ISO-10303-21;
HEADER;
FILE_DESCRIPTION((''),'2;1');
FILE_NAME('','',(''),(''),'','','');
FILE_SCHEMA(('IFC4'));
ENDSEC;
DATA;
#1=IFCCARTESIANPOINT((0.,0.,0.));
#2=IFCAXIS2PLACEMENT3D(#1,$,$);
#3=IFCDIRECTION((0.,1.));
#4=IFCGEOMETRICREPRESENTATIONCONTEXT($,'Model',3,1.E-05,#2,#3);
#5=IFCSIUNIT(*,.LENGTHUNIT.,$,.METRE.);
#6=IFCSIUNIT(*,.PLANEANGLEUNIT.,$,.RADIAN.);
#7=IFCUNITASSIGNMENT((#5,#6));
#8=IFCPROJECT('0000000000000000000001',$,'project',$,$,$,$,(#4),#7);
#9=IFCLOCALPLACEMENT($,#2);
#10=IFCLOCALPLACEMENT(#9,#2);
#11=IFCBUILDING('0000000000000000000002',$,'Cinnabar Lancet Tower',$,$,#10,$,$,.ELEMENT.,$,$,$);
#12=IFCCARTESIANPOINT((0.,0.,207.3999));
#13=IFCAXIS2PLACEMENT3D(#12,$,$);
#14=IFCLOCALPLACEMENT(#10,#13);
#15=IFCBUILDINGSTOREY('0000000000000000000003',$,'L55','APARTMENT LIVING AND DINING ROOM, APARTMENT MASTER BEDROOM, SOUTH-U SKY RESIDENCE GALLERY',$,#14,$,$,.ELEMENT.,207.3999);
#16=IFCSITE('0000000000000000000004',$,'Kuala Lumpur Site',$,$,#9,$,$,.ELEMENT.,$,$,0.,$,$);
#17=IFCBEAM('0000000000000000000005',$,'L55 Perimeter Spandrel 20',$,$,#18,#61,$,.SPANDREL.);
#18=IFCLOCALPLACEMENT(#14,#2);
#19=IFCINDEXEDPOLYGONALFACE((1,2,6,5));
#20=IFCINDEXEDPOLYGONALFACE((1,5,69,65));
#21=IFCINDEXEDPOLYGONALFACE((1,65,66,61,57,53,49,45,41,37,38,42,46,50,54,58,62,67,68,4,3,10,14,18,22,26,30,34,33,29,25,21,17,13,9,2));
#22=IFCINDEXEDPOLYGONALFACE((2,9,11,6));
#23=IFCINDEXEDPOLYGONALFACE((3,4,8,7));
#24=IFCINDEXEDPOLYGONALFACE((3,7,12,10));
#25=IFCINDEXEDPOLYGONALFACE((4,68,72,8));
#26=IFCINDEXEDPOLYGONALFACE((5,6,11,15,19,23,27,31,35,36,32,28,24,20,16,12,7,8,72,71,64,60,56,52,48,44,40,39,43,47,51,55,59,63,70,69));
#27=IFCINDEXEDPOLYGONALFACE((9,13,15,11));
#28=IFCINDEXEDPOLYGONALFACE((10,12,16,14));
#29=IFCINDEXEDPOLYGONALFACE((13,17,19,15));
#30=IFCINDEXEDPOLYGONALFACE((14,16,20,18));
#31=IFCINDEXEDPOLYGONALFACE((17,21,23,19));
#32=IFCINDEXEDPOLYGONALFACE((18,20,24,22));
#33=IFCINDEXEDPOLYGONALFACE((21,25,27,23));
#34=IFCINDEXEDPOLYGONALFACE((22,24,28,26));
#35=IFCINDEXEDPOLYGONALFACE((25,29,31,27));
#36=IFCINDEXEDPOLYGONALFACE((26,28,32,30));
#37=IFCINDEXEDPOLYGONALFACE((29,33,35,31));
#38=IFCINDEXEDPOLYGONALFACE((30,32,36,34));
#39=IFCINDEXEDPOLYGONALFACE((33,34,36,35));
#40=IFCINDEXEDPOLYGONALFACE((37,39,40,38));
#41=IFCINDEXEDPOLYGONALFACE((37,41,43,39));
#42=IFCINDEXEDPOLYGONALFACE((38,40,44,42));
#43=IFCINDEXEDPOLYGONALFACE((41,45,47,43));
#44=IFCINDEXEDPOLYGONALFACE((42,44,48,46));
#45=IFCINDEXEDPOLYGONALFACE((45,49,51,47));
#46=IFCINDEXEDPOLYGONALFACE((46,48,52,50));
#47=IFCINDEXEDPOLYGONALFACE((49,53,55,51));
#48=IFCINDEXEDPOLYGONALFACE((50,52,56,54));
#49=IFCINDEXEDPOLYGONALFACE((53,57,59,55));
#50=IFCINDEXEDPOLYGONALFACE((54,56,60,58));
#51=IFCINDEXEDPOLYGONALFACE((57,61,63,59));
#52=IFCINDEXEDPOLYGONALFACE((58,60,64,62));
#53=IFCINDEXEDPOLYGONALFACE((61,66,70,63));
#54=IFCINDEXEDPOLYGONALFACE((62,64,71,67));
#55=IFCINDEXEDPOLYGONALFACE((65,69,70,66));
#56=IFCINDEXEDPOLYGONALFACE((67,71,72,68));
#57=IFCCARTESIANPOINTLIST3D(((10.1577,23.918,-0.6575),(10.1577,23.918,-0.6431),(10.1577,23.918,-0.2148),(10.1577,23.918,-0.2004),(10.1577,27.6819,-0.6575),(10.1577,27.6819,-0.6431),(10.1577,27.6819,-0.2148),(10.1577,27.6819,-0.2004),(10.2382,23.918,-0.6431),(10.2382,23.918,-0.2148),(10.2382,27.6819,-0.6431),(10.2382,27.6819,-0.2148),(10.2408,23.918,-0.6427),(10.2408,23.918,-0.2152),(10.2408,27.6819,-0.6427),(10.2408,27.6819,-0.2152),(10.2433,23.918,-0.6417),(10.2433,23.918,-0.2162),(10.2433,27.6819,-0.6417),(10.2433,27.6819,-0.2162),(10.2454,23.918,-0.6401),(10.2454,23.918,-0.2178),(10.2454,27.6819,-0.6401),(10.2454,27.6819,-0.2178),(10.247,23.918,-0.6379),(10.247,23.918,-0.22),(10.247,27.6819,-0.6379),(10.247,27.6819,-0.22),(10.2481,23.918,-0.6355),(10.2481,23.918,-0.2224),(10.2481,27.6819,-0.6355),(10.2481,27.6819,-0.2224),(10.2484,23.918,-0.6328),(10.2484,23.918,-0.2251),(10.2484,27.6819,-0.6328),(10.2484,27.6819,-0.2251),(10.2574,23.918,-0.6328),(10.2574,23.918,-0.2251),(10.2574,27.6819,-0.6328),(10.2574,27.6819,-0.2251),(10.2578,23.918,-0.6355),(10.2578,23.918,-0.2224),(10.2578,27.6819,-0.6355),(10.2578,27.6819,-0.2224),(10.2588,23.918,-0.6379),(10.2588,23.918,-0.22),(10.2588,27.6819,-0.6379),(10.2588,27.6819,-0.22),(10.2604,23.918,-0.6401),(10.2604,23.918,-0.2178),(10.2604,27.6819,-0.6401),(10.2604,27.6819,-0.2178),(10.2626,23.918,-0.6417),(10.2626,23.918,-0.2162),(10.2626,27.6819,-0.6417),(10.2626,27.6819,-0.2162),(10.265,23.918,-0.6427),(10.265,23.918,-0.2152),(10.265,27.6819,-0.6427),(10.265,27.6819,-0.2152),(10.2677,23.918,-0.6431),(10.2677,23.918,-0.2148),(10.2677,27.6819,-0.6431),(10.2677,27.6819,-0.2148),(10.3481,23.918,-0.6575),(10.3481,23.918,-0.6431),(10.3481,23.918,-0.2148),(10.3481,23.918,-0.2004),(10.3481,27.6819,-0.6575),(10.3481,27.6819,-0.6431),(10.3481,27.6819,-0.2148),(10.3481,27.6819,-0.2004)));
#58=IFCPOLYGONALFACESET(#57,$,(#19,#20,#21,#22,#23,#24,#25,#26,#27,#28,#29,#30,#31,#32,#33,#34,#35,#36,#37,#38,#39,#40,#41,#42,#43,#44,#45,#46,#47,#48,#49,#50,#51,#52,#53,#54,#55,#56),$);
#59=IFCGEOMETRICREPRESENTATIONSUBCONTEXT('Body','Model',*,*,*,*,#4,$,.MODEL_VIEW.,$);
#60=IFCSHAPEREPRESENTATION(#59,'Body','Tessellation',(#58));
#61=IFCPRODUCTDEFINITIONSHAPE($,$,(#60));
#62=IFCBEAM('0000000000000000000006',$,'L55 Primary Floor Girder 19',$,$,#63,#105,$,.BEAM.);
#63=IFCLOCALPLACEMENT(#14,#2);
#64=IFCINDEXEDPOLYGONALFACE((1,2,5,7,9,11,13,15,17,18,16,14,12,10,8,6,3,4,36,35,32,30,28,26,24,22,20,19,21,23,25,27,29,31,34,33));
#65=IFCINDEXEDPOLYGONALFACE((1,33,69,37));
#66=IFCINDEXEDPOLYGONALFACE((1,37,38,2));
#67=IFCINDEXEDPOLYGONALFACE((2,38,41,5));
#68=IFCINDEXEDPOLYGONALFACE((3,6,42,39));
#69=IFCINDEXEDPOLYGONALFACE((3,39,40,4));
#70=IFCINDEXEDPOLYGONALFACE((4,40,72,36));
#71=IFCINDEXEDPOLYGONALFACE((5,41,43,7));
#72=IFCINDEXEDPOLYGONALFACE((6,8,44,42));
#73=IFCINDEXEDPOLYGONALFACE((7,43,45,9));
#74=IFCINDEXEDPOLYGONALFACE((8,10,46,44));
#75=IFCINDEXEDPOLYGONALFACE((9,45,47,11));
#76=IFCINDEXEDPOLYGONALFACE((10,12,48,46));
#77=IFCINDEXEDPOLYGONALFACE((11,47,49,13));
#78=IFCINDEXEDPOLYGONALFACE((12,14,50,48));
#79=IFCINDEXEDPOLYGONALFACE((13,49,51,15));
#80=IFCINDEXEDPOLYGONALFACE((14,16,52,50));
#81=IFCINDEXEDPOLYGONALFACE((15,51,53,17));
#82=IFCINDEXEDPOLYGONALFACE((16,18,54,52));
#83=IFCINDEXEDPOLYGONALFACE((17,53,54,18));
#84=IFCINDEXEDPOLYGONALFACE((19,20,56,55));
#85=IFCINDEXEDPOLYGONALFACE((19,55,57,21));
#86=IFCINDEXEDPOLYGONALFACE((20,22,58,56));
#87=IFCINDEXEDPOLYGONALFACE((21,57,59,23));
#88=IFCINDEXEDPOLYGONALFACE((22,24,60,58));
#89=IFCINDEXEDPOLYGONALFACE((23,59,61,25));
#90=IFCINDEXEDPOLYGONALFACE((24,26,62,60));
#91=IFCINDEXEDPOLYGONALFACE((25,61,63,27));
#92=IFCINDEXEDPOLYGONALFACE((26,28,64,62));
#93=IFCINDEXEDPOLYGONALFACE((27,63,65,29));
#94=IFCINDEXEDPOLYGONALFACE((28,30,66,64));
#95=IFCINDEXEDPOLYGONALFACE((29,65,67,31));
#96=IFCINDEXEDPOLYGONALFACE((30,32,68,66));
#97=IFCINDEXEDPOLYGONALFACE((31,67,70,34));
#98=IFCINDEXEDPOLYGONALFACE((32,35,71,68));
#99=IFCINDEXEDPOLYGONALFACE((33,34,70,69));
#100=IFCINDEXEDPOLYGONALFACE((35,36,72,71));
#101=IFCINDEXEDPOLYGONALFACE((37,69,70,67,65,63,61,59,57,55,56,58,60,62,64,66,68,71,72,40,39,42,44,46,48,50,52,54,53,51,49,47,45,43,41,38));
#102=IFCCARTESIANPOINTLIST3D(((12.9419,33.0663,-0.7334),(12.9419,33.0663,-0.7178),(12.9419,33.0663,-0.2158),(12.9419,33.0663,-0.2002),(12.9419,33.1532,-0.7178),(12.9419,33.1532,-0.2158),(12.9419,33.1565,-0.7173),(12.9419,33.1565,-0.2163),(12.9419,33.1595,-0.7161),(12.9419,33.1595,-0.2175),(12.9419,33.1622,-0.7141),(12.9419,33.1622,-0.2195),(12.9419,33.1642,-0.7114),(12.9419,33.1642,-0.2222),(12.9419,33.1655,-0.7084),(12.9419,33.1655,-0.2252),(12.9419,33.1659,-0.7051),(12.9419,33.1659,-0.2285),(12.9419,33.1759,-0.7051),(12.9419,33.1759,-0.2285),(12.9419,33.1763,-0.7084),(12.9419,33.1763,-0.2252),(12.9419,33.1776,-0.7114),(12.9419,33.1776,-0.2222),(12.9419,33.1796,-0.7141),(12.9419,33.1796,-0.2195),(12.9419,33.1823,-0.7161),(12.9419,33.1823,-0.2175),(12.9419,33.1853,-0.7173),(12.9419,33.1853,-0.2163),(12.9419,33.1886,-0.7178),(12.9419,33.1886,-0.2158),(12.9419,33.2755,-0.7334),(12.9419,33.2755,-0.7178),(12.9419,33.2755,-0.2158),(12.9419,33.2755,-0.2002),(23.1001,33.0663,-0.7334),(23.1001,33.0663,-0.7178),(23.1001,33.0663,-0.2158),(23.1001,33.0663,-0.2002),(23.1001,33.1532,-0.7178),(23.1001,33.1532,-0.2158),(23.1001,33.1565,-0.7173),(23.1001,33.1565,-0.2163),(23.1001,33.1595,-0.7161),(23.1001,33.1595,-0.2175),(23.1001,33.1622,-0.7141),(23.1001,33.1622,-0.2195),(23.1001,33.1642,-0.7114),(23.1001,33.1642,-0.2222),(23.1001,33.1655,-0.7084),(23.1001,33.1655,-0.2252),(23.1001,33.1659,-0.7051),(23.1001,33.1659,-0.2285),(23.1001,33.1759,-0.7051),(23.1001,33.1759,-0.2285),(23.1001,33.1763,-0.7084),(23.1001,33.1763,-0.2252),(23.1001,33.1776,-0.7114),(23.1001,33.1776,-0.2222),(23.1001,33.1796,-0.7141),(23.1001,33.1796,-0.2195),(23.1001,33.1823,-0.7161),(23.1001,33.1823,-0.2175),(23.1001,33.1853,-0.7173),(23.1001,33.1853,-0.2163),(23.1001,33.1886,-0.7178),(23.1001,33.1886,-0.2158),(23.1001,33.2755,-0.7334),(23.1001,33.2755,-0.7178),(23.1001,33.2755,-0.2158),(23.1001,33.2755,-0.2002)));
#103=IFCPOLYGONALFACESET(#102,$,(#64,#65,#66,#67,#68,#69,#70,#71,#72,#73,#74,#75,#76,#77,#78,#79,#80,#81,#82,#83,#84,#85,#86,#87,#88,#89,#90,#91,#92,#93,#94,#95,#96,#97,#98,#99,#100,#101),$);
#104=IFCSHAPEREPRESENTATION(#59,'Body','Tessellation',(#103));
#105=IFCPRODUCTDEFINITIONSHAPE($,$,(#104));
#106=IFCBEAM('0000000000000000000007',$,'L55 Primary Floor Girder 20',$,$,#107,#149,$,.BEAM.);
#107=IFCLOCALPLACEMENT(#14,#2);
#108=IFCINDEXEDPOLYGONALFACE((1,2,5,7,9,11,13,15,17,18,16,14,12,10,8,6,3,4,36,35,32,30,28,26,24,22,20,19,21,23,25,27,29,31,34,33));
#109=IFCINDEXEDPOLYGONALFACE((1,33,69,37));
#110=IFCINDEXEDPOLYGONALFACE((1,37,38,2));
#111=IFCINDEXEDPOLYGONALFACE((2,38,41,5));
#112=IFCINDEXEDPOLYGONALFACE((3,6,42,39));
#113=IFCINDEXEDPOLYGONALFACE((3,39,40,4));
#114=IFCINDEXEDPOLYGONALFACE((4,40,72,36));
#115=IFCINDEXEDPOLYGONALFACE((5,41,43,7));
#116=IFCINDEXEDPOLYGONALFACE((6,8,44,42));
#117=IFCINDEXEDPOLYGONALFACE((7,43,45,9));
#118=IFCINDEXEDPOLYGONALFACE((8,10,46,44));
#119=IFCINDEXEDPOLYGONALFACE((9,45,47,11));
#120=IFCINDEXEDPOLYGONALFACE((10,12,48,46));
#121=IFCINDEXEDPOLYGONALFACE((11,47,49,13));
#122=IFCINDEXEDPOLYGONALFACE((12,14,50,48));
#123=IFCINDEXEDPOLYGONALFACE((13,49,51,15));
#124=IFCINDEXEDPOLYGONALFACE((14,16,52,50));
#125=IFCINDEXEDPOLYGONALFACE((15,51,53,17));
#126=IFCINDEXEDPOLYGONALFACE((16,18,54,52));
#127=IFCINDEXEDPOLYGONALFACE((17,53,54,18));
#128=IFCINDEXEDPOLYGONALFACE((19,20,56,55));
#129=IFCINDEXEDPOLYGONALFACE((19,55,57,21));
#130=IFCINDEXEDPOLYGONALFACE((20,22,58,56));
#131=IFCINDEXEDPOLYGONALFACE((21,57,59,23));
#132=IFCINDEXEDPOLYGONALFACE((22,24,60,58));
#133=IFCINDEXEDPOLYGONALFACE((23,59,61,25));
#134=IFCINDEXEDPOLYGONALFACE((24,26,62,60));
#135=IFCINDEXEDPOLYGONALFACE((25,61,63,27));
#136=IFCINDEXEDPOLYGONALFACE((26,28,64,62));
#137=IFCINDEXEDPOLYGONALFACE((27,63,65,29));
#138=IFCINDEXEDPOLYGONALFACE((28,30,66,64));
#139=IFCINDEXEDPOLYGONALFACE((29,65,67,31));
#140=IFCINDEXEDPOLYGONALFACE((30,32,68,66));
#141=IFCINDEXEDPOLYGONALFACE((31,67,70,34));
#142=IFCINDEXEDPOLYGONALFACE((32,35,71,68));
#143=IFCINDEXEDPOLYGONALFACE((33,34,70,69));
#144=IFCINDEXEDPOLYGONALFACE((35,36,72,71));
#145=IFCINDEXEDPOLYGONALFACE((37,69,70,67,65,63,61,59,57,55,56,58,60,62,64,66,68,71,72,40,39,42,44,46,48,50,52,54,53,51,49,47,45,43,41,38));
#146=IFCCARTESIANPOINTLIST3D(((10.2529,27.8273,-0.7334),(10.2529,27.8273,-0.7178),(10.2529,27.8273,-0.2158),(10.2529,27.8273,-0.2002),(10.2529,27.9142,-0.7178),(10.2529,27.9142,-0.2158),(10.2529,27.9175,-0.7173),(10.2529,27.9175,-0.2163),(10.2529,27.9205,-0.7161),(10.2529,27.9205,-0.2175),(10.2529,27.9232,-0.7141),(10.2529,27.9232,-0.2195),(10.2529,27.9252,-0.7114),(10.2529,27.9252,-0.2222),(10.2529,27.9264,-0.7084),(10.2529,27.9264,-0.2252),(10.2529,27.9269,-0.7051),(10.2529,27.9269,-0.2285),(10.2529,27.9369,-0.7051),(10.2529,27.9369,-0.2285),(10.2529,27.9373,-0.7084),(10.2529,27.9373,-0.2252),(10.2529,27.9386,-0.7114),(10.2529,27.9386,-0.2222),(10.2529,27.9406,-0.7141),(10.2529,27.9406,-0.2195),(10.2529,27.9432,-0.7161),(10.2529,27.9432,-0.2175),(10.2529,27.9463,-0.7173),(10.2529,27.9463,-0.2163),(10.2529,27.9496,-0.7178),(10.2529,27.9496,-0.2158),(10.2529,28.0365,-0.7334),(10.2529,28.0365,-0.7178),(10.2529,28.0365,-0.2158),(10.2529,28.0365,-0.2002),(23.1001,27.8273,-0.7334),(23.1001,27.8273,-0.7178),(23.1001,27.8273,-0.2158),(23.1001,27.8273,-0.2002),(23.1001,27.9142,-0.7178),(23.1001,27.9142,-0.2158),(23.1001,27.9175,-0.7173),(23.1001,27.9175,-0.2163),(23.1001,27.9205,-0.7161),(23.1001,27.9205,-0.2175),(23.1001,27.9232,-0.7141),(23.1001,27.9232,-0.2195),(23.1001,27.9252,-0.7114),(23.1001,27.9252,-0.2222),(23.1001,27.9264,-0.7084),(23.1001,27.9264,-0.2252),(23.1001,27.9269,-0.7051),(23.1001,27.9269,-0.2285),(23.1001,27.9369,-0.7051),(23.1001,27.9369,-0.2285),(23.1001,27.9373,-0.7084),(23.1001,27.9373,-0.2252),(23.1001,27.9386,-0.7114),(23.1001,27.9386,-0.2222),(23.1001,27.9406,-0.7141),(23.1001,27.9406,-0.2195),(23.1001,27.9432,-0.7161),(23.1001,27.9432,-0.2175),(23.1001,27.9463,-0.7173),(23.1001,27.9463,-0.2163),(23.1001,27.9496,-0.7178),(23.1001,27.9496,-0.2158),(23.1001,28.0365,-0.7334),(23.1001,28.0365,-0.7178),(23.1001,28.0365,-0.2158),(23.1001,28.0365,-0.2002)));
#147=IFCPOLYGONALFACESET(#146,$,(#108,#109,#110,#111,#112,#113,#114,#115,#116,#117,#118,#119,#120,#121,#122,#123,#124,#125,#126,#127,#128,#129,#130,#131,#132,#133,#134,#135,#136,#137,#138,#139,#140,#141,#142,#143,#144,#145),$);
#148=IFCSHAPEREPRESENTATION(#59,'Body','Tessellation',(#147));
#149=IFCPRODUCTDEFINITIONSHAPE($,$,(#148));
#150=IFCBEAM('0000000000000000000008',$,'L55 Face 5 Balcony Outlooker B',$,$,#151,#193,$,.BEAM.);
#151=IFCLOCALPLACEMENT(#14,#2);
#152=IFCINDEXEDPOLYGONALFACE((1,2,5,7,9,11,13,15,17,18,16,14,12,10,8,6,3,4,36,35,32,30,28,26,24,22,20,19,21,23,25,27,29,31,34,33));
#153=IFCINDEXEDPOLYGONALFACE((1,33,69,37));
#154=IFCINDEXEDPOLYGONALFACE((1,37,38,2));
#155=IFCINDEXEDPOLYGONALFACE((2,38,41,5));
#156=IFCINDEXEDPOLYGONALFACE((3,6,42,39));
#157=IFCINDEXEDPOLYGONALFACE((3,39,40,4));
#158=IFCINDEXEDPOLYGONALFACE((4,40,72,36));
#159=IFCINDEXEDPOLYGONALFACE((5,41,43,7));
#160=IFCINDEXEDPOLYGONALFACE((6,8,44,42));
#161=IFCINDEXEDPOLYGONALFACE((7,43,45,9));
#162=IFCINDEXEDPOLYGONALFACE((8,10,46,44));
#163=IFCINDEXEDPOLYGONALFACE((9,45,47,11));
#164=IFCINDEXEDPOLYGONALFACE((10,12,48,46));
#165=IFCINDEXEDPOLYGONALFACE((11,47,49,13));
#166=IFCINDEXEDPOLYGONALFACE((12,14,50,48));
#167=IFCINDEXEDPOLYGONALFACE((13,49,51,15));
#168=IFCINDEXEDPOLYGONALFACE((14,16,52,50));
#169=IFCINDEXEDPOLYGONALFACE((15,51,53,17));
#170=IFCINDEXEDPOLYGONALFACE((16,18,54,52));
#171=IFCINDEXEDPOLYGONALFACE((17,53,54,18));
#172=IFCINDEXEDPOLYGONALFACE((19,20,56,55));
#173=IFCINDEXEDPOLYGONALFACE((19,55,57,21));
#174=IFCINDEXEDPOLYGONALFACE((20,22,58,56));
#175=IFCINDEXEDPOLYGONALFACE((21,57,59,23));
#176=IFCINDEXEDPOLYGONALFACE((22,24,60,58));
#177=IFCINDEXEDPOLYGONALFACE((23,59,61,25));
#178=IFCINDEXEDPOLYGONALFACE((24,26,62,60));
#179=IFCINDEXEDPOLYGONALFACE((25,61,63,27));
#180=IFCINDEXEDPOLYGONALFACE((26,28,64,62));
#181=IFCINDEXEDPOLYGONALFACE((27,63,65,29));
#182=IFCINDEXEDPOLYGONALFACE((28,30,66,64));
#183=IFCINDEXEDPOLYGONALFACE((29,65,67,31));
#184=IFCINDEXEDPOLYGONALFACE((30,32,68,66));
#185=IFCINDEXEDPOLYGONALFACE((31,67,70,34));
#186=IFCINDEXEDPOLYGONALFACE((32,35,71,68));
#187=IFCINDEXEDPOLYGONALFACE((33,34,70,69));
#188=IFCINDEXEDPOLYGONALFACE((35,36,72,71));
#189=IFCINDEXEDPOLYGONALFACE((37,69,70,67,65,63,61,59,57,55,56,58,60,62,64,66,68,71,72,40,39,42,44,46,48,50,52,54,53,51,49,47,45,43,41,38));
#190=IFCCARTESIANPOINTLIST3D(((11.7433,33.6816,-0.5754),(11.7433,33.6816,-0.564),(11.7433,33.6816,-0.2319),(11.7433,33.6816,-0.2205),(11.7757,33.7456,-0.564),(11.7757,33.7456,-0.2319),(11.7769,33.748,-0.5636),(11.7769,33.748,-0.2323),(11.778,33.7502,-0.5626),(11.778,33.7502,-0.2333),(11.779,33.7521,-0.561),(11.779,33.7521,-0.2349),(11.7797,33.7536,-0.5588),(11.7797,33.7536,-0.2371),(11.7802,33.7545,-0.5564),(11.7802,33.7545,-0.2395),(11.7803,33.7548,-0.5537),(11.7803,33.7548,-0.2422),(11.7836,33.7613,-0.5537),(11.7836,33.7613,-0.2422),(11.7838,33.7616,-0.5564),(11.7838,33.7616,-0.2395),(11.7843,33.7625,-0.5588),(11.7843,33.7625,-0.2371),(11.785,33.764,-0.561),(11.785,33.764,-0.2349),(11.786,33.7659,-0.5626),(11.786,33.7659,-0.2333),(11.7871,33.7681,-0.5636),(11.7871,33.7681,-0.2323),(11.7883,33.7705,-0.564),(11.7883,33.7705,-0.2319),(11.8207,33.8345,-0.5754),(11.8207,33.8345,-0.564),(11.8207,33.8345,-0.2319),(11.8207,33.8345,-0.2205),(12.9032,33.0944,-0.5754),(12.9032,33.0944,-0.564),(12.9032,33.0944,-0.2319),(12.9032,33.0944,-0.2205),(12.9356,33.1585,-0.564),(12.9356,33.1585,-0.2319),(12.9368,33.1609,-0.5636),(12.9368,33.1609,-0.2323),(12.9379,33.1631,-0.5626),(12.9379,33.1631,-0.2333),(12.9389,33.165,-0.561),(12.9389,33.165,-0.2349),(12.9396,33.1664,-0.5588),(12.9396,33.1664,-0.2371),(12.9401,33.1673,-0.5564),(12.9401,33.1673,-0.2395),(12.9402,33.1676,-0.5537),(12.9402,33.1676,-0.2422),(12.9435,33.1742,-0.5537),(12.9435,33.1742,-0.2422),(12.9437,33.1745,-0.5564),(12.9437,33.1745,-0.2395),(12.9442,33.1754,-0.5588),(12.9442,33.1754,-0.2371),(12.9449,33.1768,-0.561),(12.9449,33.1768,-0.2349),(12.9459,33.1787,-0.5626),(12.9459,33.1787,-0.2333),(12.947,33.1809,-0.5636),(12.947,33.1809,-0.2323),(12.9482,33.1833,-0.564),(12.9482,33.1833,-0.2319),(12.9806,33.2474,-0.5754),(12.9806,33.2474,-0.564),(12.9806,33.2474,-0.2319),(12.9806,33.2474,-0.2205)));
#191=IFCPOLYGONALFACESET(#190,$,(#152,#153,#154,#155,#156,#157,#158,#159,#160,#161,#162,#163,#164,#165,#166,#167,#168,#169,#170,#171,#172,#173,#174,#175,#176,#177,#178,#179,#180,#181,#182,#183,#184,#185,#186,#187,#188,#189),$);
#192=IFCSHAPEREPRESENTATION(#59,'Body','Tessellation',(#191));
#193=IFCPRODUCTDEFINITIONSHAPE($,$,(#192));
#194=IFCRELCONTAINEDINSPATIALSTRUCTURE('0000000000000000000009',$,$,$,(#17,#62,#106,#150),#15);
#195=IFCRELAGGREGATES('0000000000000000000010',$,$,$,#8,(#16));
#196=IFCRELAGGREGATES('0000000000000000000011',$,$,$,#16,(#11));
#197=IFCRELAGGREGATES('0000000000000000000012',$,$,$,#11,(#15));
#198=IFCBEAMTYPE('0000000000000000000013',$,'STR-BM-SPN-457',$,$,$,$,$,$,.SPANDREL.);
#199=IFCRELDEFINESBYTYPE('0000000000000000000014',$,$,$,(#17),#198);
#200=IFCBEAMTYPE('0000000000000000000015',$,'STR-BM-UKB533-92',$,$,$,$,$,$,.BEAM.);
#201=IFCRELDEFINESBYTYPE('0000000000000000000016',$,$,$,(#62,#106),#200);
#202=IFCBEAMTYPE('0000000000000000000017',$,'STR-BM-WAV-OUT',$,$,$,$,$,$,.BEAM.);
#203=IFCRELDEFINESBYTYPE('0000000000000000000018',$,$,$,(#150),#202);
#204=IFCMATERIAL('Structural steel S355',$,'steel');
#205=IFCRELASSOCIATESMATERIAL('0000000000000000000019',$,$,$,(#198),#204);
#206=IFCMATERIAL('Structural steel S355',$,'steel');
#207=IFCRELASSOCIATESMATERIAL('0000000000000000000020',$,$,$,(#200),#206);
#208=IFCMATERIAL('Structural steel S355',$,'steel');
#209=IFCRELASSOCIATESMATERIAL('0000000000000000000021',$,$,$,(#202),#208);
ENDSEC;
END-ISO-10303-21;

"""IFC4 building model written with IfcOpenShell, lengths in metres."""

from ifc_helpers import new_model, si_unit, direction, frame, origin, origin_2d, place, context, subcontext, project, spatial, i_section, extrude, material, material_profile, profile_set, type_object, element, save


model = new_model("IFC4")

# Units and contexts
model_context = context("Model", 3, precision=1e-05, world=origin(), true_north=direction((0.0, 1.0)))
body_context = subcontext(model_context, "Body", "Model", "MODEL_VIEW")
ifc_project = project(units=[si_unit("LENGTHUNIT", "METRE"), si_unit("PLANEANGLEUNIT", "RADIAN")], contexts=[model_context])

# Site, building, storey
site_placement = place(None, origin())
site = spatial("IfcSite", under=ifc_project, at=site_placement, Name="Kuala Lumpur Site", CompositionType="ELEMENT", RefElevation=0.0)
building_placement = place(site_placement, origin())
building = spatial("IfcBuilding", under=site, at=building_placement, Name="Cinnabar Lancet Tower", CompositionType="ELEMENT")
storey_placement = place(building_placement, frame((0.0, 0.0, 207.3999)))
storey = spatial("IfcBuildingStorey", under=building, at=storey_placement, Name="L55", Description="APARTMENT LIVING AND DINING ROOM, APARTMENT MASTER BEDROOM, SOUTH-U SKY RESIDENCE GALLERY", CompositionType="ELEMENT", Elevation=207.3999)

# Beams
ifc_material_1 = material(Name="Structural steel S355", Category="steel")
ifc_material_profile_1 = material_profile(ifc_material_1, i_section(OverallWidth=0.1904, OverallDepth=0.457, WebThickness=0.009, FlangeThickness=0.0144, FilletRadius=0.0103, at=origin_2d()), Name="UKB 457x191x74")
ifc_profile_set_1 = profile_set([ifc_material_profile_1], Name="Structural steel S355")
beam_type_1 = type_object("IfcBeamType", Name="STR-BM-SPN-457", PredefinedType="SPANDREL", material=ifc_profile_set_1)
beam_1_placement = place(storey_placement, frame((10.2529, 27.6819, -0.429), z_axis=(0.0, -1.0, 0.0), x_axis=(1.0, 0.0, 0.0)))
element("IfcBeam", 1, at=beam_1_placement, inside=storey, type_object=beam_type_1, Name="L55 Perimeter Spandrel 20", PredefinedType="SPANDREL", context=body_context, shape_type="SweptSolid", body=[
    extrude(i_section(OverallWidth=0.1904, OverallDepth=0.457, WebThickness=0.009, FlangeThickness=0.0144, FilletRadius=0.0103, at=origin_2d()), origin(), (0.0, 0.0, 1.0), 3.7639),
])
ifc_material_2 = material(Name="Structural steel S355", Category="steel")
ifc_material_profile_2 = material_profile(ifc_material_2, i_section(OverallWidth=0.2092, OverallDepth=0.5332, WebThickness=0.01, FlangeThickness=0.0156, FilletRadius=0.0127, at=origin_2d()), Name="UKB 533x210x92")
ifc_profile_set_2 = profile_set([ifc_material_profile_2], Name="Structural steel S355")
beam_type_2 = type_object("IfcBeamType", Name="STR-BM-UKB533-92", PredefinedType="BEAM", material=ifc_profile_set_2)
beam_2_placement = place(storey_placement, frame((12.9419, 33.1709, -0.4668), z_axis=(1.0, 0.0, 0.0), x_axis=(0.0, 1.0, 0.0)))
element("IfcBeam", 2, at=beam_2_placement, inside=storey, type_object=beam_type_2, Name="L55 Primary Floor Girder 19", PredefinedType="BEAM", context=body_context, shape_type="SweptSolid", body=[
    extrude(i_section(OverallWidth=0.2092, OverallDepth=0.5332, WebThickness=0.01, FlangeThickness=0.0156, FilletRadius=0.0127, at=origin_2d()), origin(), (0.0, 0.0, 1.0), 10.1582),
])
beam_3_placement = place(storey_placement, frame((10.2529, 27.9319, -0.4668), z_axis=(1.0, 0.0, 0.0), x_axis=(0.0, 1.0, 0.0)))
element("IfcBeam", 3, at=beam_3_placement, inside=storey, type_object=beam_type_2, Name="L55 Primary Floor Girder 20", PredefinedType="BEAM", context=body_context, shape_type="SweptSolid", body=[
    extrude(i_section(OverallWidth=0.2092, OverallDepth=0.5332, WebThickness=0.01, FlangeThickness=0.0156, FilletRadius=0.0127, at=origin_2d()), origin(), (0.0, 0.0, 1.0), 12.8472),
])
ifc_material_3 = material(Name="Structural steel S355", Category="steel")
ifc_material_profile_3 = material_profile(ifc_material_3, i_section(OverallWidth=0.1714, OverallDepth=0.355, WebThickness=0.0073, FlangeThickness=0.0115, FilletRadius=0.0103, at=origin_2d()), Name="UKB 356x171x51")
ifc_profile_set_3 = profile_set([ifc_material_profile_3], Name="Structural steel S355")
beam_type_3 = type_object("IfcBeamType", Name="STR-BM-WAV-OUT", PredefinedType="BEAM", material=ifc_profile_set_3)
beam_4_placement = place(storey_placement, frame((12.9419, 33.1709, -0.3979), z_axis=(-0.8922, 0.45164, 0.0), x_axis=(-0.45164, -0.8922, 0.0)))
element("IfcBeam", 4, at=beam_4_placement, inside=storey, type_object=beam_type_3, Name="L55 Face 5 Balcony Outlooker B", PredefinedType="BEAM", context=body_context, shape_type="SweptSolid", body=[
    extrude(i_section(OverallWidth=0.1714, OverallDepth=0.355, WebThickness=0.0073, FlangeThickness=0.0115, FilletRadius=0.0103, at=origin_2d()), origin(), (0.0, 0.0, 1.0), 1.3),
])

save(model, "model.ifc")
